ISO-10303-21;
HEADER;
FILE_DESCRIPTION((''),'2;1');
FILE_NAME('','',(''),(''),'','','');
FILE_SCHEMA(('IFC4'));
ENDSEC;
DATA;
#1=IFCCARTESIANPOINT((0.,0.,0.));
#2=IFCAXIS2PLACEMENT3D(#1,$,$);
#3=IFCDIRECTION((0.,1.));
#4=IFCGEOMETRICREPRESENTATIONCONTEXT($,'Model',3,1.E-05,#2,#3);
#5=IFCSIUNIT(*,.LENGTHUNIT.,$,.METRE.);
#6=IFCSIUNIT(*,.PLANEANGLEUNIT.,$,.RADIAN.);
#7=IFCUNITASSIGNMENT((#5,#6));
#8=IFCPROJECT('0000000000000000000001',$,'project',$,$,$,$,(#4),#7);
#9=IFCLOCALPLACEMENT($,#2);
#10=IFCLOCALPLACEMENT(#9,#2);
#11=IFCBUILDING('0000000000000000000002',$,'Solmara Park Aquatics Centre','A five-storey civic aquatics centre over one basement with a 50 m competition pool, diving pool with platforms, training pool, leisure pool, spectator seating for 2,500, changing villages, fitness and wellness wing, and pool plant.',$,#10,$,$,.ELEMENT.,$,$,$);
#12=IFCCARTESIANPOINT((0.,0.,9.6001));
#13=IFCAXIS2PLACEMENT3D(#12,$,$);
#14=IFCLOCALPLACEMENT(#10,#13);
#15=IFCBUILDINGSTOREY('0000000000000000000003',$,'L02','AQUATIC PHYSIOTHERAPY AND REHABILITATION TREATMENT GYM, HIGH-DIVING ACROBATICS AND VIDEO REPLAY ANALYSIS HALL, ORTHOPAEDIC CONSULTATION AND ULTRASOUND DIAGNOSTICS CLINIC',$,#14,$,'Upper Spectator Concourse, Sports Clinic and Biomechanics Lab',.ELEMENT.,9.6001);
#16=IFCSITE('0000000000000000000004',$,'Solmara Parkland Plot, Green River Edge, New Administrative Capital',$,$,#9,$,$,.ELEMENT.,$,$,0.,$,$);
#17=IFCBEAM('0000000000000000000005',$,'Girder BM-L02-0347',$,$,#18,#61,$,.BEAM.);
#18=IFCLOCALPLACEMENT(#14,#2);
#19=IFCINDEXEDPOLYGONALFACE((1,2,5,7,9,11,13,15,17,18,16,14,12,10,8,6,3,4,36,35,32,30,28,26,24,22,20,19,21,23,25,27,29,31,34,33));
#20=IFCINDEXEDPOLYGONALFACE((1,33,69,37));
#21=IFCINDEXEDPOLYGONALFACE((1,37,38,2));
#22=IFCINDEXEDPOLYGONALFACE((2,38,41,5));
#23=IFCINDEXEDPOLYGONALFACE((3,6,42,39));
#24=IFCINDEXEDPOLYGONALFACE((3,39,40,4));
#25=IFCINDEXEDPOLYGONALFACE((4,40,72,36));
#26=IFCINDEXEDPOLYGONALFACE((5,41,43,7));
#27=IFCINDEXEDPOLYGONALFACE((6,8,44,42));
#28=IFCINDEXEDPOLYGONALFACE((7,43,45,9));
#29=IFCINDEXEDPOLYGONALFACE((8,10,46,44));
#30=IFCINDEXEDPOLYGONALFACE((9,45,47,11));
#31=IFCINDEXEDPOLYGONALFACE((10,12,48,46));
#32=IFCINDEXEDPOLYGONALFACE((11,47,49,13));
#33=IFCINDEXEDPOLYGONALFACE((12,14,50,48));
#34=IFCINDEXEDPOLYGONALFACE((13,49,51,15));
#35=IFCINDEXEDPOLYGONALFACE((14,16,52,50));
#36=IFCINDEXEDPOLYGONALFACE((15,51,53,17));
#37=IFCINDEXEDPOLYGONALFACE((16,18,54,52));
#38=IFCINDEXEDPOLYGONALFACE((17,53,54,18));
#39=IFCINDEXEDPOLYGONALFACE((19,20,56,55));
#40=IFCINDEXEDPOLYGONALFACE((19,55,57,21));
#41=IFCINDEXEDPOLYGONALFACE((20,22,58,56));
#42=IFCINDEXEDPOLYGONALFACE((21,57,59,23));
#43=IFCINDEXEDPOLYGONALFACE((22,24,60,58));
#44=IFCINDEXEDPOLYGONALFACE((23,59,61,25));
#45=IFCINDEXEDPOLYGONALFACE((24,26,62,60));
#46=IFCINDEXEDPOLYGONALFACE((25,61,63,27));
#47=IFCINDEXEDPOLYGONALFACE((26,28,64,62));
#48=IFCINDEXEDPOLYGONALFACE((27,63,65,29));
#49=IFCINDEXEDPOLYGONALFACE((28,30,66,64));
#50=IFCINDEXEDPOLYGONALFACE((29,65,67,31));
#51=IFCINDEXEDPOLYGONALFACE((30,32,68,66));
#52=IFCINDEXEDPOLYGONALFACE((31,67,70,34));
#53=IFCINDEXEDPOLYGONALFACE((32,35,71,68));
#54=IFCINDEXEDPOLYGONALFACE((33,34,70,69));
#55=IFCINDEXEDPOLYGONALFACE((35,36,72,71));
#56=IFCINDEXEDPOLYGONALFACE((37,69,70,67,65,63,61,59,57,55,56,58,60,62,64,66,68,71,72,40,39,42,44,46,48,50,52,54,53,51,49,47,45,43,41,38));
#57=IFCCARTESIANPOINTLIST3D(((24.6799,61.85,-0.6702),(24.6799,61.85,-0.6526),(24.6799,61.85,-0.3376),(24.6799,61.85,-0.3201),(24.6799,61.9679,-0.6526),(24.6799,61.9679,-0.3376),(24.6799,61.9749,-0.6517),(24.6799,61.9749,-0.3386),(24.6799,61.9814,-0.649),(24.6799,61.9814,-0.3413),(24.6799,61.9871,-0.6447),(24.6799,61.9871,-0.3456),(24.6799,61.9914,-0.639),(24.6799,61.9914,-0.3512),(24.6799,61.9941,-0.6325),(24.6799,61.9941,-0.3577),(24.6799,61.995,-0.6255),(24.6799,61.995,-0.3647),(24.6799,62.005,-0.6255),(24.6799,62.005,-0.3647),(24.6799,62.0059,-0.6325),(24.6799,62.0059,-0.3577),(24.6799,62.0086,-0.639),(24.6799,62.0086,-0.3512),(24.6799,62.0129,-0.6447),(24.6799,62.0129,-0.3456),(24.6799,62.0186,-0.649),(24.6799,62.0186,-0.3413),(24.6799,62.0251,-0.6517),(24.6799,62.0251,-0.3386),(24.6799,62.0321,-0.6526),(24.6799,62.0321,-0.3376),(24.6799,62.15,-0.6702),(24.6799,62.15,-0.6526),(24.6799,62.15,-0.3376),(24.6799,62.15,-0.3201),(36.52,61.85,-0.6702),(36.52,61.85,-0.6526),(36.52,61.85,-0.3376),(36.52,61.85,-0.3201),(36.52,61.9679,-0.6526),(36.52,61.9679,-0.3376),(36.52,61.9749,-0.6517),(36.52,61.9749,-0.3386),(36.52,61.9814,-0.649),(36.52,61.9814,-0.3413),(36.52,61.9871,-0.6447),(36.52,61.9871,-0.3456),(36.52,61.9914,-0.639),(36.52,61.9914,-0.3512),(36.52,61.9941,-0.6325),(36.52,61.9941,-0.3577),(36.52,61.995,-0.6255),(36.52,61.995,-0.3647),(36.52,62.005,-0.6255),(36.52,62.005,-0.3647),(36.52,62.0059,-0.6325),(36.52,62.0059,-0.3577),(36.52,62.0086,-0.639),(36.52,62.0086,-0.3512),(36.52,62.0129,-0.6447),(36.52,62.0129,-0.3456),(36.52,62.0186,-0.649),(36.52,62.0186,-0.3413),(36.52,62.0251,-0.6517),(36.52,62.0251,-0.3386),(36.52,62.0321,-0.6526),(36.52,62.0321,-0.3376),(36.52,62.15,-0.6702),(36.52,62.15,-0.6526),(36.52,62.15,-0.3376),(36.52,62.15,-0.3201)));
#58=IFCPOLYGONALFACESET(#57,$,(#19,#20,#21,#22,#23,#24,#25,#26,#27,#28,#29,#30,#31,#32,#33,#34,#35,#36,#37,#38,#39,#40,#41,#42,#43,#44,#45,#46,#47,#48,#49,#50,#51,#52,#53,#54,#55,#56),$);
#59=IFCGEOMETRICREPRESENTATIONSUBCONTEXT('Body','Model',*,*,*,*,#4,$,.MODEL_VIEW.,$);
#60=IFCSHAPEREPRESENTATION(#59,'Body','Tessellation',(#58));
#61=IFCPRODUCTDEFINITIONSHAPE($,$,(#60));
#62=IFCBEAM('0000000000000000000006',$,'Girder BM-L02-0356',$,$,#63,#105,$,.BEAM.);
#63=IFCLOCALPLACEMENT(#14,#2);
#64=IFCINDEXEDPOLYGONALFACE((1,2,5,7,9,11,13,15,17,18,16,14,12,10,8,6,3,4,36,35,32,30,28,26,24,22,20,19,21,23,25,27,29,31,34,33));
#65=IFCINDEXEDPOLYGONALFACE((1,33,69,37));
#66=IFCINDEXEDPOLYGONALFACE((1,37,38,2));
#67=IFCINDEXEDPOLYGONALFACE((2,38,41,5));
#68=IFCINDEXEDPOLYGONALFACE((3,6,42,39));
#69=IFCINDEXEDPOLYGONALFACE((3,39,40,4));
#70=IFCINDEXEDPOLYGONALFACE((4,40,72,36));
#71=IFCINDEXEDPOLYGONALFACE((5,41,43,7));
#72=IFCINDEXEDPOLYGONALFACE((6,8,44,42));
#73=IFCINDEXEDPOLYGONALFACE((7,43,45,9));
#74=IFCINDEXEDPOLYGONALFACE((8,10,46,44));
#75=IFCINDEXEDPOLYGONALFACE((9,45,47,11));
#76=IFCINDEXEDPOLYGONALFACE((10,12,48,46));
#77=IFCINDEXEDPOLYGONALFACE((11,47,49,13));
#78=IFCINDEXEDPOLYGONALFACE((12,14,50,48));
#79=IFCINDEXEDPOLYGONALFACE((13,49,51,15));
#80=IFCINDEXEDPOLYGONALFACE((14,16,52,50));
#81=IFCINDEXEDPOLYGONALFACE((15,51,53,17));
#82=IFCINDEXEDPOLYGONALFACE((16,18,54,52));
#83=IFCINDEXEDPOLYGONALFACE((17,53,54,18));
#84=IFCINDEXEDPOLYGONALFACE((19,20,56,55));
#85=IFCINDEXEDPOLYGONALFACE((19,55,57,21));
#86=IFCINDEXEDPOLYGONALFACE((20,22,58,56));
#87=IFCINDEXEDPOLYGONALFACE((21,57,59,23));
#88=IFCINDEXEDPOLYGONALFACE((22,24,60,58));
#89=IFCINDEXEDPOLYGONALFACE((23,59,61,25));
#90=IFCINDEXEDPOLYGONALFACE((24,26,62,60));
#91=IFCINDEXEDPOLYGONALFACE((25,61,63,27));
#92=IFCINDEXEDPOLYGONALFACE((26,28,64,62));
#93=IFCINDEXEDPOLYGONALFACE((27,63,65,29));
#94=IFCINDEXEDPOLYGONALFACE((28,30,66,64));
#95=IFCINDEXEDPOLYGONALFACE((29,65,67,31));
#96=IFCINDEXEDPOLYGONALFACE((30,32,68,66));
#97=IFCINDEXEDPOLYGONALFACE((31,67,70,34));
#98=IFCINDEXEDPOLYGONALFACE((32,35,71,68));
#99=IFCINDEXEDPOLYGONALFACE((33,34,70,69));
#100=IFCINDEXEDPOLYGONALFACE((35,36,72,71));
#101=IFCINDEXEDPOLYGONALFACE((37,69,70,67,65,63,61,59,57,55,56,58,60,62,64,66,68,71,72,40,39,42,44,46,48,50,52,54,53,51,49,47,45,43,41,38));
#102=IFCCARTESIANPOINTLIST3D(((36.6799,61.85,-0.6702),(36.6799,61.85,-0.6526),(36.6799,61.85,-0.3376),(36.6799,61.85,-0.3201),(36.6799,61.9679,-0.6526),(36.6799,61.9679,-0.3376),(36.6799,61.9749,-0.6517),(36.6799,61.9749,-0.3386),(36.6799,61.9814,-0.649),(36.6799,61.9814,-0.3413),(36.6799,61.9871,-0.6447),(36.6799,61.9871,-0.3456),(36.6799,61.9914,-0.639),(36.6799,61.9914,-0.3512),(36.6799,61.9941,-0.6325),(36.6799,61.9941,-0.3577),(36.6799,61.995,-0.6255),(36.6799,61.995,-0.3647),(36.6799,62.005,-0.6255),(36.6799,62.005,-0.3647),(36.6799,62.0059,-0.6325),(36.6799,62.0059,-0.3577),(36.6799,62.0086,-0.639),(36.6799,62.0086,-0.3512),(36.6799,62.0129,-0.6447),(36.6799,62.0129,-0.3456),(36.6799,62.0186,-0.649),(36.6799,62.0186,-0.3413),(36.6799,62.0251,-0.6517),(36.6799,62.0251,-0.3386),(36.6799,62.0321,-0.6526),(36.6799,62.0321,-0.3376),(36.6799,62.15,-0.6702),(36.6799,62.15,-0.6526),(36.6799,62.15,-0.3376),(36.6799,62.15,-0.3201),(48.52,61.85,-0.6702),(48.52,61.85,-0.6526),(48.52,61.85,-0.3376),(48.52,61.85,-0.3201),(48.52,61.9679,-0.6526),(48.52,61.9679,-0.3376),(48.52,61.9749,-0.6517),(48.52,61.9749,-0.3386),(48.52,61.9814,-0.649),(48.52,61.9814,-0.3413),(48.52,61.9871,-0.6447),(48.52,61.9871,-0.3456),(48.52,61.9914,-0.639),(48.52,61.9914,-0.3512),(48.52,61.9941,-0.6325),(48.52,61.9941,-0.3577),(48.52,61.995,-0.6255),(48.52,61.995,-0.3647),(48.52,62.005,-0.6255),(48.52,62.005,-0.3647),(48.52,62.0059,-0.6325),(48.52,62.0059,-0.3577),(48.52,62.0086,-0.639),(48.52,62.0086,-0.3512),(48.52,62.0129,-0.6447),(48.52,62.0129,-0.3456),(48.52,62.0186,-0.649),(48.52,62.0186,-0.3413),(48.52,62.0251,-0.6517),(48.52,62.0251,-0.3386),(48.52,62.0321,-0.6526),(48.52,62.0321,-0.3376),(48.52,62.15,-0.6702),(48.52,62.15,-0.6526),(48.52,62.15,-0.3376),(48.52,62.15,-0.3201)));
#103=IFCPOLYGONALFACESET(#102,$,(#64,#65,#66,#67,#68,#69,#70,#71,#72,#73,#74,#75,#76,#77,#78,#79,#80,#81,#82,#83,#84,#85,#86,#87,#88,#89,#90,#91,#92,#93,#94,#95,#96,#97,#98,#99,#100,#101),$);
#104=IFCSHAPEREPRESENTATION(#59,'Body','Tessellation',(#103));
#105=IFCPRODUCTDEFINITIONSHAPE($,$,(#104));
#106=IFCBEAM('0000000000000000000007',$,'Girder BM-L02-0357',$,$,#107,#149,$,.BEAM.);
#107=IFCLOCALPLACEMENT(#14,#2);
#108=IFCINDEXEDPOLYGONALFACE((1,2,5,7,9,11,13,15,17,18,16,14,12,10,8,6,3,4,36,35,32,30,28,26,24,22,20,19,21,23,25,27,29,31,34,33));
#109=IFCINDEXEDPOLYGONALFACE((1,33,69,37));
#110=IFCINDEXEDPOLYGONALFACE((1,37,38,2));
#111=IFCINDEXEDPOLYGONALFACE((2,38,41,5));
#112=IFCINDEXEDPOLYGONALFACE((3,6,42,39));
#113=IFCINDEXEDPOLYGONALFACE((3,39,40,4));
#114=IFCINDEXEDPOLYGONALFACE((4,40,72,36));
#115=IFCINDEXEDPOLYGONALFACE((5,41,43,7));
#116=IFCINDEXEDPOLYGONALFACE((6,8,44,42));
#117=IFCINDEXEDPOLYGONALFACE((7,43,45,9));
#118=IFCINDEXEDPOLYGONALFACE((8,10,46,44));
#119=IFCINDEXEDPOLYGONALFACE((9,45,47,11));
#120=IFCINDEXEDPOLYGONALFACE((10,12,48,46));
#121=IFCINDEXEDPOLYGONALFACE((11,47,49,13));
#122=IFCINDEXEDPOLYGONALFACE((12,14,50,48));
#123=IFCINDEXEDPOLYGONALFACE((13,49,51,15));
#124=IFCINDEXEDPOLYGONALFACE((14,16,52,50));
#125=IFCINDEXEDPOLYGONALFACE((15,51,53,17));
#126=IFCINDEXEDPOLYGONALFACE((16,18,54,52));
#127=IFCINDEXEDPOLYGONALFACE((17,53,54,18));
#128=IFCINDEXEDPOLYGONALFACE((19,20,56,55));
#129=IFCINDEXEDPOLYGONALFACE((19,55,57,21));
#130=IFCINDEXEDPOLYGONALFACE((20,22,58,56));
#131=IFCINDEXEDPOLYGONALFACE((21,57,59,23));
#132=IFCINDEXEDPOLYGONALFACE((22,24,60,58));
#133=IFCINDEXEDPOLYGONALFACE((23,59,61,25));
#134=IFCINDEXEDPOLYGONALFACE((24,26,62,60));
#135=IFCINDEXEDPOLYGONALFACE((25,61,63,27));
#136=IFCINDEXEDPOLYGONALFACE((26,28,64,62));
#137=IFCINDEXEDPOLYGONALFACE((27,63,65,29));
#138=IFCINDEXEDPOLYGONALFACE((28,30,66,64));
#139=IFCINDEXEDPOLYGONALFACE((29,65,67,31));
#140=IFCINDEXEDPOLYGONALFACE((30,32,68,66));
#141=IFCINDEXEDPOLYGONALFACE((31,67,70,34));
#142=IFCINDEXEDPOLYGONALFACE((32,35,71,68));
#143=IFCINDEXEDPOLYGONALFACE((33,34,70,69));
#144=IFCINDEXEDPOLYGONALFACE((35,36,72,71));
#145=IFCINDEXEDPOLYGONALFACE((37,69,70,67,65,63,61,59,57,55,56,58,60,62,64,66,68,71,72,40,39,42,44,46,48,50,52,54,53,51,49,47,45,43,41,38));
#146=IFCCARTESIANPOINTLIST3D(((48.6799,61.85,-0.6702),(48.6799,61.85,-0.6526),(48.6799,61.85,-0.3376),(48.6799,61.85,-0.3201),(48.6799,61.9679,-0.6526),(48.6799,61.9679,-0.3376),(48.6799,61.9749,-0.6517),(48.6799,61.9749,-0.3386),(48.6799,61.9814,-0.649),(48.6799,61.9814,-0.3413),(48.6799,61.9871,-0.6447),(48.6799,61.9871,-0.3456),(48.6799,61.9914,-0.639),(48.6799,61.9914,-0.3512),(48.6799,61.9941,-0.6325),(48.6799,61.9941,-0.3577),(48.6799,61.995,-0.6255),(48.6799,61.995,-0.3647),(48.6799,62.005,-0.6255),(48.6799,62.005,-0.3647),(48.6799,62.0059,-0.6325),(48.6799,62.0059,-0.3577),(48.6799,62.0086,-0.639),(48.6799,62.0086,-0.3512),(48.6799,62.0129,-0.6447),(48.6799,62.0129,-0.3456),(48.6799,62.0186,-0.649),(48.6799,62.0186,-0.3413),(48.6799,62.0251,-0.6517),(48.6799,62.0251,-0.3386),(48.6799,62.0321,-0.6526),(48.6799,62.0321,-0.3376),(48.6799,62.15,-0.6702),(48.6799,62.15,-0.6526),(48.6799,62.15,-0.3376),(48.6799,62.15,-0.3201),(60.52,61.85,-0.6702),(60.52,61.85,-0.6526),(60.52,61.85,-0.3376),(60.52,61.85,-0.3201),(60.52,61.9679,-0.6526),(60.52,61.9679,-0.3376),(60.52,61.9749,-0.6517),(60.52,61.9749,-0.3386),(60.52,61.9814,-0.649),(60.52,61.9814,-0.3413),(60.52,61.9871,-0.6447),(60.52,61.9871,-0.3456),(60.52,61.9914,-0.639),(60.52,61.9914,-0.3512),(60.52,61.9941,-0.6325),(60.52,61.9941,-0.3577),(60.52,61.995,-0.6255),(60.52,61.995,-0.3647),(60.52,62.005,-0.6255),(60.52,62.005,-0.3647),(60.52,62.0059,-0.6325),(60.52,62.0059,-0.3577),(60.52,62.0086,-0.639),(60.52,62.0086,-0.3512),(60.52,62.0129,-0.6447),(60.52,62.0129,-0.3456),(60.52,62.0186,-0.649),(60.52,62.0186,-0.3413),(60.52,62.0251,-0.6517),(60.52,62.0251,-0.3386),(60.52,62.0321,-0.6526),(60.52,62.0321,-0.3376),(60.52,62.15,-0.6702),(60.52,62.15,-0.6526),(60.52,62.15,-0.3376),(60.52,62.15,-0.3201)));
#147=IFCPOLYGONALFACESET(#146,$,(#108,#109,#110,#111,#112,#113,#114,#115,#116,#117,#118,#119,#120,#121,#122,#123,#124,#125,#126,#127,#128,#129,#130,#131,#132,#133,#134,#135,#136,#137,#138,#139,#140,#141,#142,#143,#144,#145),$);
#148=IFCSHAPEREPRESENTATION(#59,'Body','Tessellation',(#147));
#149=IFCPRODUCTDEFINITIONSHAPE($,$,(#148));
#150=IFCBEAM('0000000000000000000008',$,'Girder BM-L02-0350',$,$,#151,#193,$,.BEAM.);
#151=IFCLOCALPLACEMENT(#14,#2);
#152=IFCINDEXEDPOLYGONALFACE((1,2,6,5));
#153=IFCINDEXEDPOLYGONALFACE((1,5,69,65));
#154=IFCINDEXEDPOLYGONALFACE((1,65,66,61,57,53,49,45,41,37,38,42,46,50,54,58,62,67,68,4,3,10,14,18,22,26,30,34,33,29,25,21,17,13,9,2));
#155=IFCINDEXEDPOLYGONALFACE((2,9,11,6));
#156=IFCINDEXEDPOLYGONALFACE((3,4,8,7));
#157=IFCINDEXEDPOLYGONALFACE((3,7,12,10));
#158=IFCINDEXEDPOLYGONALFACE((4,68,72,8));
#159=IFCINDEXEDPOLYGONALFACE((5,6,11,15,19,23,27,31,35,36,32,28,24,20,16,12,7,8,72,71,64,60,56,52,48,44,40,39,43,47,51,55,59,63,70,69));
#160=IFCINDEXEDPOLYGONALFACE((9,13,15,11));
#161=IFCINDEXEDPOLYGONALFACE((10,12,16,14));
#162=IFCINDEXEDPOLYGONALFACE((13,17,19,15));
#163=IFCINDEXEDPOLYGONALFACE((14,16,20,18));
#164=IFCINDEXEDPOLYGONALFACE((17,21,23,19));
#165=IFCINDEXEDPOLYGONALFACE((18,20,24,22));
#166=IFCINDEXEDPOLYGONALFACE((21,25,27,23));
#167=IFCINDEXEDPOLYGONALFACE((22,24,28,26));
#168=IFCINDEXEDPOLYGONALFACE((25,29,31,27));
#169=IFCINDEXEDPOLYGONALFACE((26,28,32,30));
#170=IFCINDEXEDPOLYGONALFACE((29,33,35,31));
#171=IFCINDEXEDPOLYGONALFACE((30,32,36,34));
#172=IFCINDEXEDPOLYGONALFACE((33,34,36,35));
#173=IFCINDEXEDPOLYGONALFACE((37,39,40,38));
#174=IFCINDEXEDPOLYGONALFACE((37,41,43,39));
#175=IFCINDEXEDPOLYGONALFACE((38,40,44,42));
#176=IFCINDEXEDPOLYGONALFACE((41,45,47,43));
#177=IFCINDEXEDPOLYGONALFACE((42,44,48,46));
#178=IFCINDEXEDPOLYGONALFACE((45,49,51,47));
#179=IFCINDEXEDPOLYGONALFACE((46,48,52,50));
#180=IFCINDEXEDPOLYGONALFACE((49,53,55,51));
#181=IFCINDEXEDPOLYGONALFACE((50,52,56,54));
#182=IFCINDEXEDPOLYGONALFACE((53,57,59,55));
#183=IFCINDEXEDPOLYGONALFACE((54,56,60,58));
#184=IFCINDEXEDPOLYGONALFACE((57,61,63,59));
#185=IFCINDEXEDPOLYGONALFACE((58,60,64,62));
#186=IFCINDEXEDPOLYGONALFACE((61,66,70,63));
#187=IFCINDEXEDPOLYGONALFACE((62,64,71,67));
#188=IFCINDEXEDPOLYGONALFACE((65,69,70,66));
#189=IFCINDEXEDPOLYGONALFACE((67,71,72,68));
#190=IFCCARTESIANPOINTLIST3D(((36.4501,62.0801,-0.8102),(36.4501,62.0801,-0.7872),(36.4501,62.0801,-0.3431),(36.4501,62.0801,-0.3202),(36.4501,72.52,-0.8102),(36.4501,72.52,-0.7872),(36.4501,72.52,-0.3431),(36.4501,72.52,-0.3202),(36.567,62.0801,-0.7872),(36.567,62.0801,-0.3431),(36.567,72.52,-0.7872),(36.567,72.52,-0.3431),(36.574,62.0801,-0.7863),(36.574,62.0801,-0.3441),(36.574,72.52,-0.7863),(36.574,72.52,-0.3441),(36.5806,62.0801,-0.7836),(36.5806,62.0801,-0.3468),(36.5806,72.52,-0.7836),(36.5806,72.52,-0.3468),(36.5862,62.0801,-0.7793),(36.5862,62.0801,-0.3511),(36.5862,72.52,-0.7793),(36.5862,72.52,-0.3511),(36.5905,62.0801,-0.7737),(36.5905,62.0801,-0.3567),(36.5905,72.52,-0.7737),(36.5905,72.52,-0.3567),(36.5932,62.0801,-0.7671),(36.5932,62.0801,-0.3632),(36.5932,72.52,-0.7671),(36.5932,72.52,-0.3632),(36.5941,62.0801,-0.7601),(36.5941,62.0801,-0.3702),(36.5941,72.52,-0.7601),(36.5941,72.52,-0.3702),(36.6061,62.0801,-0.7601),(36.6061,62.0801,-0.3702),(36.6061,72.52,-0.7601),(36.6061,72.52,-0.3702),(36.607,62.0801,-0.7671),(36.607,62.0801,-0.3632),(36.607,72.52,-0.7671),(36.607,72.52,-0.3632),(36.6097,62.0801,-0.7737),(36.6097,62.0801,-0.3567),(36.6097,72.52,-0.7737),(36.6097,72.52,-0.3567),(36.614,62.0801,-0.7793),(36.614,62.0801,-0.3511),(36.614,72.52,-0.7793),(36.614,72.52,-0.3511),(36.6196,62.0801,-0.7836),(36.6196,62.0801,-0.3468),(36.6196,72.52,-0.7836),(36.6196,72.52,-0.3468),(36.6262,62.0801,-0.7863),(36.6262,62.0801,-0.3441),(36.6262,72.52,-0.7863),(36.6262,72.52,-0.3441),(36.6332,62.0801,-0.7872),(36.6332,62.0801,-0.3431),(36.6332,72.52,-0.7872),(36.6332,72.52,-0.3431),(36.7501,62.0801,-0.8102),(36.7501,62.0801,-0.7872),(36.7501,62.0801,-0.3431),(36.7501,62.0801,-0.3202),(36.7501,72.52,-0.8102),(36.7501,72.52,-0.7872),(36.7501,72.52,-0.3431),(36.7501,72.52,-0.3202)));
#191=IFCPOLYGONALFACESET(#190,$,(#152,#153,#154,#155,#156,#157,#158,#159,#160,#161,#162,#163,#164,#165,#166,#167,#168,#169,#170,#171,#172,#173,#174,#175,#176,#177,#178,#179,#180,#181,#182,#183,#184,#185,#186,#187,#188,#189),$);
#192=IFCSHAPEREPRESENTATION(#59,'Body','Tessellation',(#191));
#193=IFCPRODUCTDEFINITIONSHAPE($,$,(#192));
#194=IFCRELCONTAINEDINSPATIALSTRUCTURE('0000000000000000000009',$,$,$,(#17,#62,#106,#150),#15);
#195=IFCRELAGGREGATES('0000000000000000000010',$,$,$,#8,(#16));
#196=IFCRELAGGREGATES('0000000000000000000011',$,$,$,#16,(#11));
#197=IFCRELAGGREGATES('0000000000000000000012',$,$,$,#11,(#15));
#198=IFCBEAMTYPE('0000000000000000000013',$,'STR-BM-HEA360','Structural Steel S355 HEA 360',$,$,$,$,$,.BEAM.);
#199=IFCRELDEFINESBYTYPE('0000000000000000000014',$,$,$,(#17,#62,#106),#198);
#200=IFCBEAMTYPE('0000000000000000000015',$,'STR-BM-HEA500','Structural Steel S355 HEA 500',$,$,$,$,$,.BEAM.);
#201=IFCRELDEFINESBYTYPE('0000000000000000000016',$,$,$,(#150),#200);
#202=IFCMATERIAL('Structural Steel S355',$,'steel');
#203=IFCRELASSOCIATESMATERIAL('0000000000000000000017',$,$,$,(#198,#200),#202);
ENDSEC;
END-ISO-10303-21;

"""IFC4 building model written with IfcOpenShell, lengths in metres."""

from ifc_helpers import new_model, si_unit, direction, frame, origin, origin_2d, place, context, subcontext, project, spatial, i_section, extrude, material, material_profile, profile_set, type_object, element, save


model = new_model("IFC4")

# Units and contexts
model_context = context("Model", 3, precision=1e-05, world=origin(), true_north=direction((0.0, 1.0)))
body_context = subcontext(model_context, "Body", "Model", "MODEL_VIEW")
ifc_project = project(units=[si_unit("LENGTHUNIT", "METRE"), si_unit("PLANEANGLEUNIT", "RADIAN")], contexts=[model_context])

# Site, building, storey
site_placement = place(None, origin())
site = spatial("IfcSite", under=ifc_project, at=site_placement, Name="Solmara Parkland Plot, Green River Edge, New Administrative Capital", CompositionType="ELEMENT", RefElevation=0.0)
building_placement = place(site_placement, origin())
building = spatial("IfcBuilding", under=site, at=building_placement, Name="Solmara Park Aquatics Centre", Description="A five-storey civic aquatics centre over one basement with a 50 m competition pool, diving pool with platforms, training pool, leisure pool, spectator seating for 2,500, changing villages, fitness and wellness wing, and pool plant.", CompositionType="ELEMENT")
storey_placement = place(building_placement, frame((0.0, 0.0, 9.6001)))
storey = spatial("IfcBuildingStorey", under=building, at=storey_placement, Name="L02", Description="AQUATIC PHYSIOTHERAPY AND REHABILITATION TREATMENT GYM, HIGH-DIVING ACROBATICS AND VIDEO REPLAY ANALYSIS HALL, ORTHOPAEDIC CONSULTATION AND ULTRASOUND DIAGNOSTICS CLINIC", LongName="Upper Spectator Concourse, Sports Clinic and Biomechanics Lab", CompositionType="ELEMENT", Elevation=9.6001)

# Shared definitions
ifc_material_1 = material(Name="Structural Steel S355", Category="steel")

# Beams
ifc_material_profile_1 = material_profile(ifc_material_1, i_section(OverallWidth=0.3, OverallDepth=0.3501, WebThickness=0.01, FlangeThickness=0.0176, FilletRadius=0.0271, at=origin_2d()), Name="HEA 360")
ifc_profile_set_1 = profile_set([ifc_material_profile_1], Name="Structural Steel S355")
beam_type_1 = type_object("IfcBeamType", Name="STR-BM-HEA360", Description="Structural Steel S355 HEA 360", PredefinedType="BEAM", material=ifc_profile_set_1)
for number, where, z_axis, x_axis, name in (
    (1, (24.6799, 62.0, -0.4951), (1.0, 0.0, 0.0), (0.0, 1.0, 0.0), "Girder BM-L02-0347"),
    (2, (36.6799, 62.0, -0.4951), (1.0, 0.0, 0.0), (0.0, 1.0, 0.0), "Girder BM-L02-0356"),
    (3, (48.6799, 62.0, -0.4951), (1.0, 0.0, 0.0), (0.0, 1.0, 0.0), "Girder BM-L02-0357"),
):
    element("IfcBeam", number, at=place(storey_placement, frame(where, z_axis=z_axis, x_axis=x_axis)), inside=storey, type_object=beam_type_1, Name=name, PredefinedType="BEAM", context=body_context, shape_type="SweptSolid", body=[
        extrude(i_section(OverallWidth=0.3, OverallDepth=0.3501, WebThickness=0.01, FlangeThickness=0.0176, FilletRadius=0.0271, at=origin_2d()), origin(), (0.0, 0.0, 1.0), 11.8401),
    ])
ifc_material_profile_2 = material_profile(ifc_material_1, i_section(OverallWidth=0.3, OverallDepth=0.49, WebThickness=0.012, FlangeThickness=0.0229, FilletRadius=0.0271, at=origin_2d()), Name="HEA 500")
ifc_profile_set_2 = profile_set([ifc_material_profile_2], Name="Structural Steel S355")
beam_type_2 = type_object("IfcBeamType", Name="STR-BM-HEA500", Description="Structural Steel S355 HEA 500", PredefinedType="BEAM", material=ifc_profile_set_2)
beam_1_placement = place(storey_placement, frame((36.6001, 62.0801, -0.5652), z_axis=(0.0, 1.0, 0.0), x_axis=(-1.0, 0.0, 0.0)))
element("IfcBeam", 4, at=beam_1_placement, inside=storey, type_object=beam_type_2, Name="Girder BM-L02-0350", PredefinedType="BEAM", context=body_context, shape_type="SweptSolid", body=[
    extrude(i_section(OverallWidth=0.3, OverallDepth=0.49, WebThickness=0.012, FlangeThickness=0.0229, FilletRadius=0.0271, at=origin_2d()), origin(), (0.0, 0.0, 1.0), 10.4399),
])

save(model, "model.ifc")
